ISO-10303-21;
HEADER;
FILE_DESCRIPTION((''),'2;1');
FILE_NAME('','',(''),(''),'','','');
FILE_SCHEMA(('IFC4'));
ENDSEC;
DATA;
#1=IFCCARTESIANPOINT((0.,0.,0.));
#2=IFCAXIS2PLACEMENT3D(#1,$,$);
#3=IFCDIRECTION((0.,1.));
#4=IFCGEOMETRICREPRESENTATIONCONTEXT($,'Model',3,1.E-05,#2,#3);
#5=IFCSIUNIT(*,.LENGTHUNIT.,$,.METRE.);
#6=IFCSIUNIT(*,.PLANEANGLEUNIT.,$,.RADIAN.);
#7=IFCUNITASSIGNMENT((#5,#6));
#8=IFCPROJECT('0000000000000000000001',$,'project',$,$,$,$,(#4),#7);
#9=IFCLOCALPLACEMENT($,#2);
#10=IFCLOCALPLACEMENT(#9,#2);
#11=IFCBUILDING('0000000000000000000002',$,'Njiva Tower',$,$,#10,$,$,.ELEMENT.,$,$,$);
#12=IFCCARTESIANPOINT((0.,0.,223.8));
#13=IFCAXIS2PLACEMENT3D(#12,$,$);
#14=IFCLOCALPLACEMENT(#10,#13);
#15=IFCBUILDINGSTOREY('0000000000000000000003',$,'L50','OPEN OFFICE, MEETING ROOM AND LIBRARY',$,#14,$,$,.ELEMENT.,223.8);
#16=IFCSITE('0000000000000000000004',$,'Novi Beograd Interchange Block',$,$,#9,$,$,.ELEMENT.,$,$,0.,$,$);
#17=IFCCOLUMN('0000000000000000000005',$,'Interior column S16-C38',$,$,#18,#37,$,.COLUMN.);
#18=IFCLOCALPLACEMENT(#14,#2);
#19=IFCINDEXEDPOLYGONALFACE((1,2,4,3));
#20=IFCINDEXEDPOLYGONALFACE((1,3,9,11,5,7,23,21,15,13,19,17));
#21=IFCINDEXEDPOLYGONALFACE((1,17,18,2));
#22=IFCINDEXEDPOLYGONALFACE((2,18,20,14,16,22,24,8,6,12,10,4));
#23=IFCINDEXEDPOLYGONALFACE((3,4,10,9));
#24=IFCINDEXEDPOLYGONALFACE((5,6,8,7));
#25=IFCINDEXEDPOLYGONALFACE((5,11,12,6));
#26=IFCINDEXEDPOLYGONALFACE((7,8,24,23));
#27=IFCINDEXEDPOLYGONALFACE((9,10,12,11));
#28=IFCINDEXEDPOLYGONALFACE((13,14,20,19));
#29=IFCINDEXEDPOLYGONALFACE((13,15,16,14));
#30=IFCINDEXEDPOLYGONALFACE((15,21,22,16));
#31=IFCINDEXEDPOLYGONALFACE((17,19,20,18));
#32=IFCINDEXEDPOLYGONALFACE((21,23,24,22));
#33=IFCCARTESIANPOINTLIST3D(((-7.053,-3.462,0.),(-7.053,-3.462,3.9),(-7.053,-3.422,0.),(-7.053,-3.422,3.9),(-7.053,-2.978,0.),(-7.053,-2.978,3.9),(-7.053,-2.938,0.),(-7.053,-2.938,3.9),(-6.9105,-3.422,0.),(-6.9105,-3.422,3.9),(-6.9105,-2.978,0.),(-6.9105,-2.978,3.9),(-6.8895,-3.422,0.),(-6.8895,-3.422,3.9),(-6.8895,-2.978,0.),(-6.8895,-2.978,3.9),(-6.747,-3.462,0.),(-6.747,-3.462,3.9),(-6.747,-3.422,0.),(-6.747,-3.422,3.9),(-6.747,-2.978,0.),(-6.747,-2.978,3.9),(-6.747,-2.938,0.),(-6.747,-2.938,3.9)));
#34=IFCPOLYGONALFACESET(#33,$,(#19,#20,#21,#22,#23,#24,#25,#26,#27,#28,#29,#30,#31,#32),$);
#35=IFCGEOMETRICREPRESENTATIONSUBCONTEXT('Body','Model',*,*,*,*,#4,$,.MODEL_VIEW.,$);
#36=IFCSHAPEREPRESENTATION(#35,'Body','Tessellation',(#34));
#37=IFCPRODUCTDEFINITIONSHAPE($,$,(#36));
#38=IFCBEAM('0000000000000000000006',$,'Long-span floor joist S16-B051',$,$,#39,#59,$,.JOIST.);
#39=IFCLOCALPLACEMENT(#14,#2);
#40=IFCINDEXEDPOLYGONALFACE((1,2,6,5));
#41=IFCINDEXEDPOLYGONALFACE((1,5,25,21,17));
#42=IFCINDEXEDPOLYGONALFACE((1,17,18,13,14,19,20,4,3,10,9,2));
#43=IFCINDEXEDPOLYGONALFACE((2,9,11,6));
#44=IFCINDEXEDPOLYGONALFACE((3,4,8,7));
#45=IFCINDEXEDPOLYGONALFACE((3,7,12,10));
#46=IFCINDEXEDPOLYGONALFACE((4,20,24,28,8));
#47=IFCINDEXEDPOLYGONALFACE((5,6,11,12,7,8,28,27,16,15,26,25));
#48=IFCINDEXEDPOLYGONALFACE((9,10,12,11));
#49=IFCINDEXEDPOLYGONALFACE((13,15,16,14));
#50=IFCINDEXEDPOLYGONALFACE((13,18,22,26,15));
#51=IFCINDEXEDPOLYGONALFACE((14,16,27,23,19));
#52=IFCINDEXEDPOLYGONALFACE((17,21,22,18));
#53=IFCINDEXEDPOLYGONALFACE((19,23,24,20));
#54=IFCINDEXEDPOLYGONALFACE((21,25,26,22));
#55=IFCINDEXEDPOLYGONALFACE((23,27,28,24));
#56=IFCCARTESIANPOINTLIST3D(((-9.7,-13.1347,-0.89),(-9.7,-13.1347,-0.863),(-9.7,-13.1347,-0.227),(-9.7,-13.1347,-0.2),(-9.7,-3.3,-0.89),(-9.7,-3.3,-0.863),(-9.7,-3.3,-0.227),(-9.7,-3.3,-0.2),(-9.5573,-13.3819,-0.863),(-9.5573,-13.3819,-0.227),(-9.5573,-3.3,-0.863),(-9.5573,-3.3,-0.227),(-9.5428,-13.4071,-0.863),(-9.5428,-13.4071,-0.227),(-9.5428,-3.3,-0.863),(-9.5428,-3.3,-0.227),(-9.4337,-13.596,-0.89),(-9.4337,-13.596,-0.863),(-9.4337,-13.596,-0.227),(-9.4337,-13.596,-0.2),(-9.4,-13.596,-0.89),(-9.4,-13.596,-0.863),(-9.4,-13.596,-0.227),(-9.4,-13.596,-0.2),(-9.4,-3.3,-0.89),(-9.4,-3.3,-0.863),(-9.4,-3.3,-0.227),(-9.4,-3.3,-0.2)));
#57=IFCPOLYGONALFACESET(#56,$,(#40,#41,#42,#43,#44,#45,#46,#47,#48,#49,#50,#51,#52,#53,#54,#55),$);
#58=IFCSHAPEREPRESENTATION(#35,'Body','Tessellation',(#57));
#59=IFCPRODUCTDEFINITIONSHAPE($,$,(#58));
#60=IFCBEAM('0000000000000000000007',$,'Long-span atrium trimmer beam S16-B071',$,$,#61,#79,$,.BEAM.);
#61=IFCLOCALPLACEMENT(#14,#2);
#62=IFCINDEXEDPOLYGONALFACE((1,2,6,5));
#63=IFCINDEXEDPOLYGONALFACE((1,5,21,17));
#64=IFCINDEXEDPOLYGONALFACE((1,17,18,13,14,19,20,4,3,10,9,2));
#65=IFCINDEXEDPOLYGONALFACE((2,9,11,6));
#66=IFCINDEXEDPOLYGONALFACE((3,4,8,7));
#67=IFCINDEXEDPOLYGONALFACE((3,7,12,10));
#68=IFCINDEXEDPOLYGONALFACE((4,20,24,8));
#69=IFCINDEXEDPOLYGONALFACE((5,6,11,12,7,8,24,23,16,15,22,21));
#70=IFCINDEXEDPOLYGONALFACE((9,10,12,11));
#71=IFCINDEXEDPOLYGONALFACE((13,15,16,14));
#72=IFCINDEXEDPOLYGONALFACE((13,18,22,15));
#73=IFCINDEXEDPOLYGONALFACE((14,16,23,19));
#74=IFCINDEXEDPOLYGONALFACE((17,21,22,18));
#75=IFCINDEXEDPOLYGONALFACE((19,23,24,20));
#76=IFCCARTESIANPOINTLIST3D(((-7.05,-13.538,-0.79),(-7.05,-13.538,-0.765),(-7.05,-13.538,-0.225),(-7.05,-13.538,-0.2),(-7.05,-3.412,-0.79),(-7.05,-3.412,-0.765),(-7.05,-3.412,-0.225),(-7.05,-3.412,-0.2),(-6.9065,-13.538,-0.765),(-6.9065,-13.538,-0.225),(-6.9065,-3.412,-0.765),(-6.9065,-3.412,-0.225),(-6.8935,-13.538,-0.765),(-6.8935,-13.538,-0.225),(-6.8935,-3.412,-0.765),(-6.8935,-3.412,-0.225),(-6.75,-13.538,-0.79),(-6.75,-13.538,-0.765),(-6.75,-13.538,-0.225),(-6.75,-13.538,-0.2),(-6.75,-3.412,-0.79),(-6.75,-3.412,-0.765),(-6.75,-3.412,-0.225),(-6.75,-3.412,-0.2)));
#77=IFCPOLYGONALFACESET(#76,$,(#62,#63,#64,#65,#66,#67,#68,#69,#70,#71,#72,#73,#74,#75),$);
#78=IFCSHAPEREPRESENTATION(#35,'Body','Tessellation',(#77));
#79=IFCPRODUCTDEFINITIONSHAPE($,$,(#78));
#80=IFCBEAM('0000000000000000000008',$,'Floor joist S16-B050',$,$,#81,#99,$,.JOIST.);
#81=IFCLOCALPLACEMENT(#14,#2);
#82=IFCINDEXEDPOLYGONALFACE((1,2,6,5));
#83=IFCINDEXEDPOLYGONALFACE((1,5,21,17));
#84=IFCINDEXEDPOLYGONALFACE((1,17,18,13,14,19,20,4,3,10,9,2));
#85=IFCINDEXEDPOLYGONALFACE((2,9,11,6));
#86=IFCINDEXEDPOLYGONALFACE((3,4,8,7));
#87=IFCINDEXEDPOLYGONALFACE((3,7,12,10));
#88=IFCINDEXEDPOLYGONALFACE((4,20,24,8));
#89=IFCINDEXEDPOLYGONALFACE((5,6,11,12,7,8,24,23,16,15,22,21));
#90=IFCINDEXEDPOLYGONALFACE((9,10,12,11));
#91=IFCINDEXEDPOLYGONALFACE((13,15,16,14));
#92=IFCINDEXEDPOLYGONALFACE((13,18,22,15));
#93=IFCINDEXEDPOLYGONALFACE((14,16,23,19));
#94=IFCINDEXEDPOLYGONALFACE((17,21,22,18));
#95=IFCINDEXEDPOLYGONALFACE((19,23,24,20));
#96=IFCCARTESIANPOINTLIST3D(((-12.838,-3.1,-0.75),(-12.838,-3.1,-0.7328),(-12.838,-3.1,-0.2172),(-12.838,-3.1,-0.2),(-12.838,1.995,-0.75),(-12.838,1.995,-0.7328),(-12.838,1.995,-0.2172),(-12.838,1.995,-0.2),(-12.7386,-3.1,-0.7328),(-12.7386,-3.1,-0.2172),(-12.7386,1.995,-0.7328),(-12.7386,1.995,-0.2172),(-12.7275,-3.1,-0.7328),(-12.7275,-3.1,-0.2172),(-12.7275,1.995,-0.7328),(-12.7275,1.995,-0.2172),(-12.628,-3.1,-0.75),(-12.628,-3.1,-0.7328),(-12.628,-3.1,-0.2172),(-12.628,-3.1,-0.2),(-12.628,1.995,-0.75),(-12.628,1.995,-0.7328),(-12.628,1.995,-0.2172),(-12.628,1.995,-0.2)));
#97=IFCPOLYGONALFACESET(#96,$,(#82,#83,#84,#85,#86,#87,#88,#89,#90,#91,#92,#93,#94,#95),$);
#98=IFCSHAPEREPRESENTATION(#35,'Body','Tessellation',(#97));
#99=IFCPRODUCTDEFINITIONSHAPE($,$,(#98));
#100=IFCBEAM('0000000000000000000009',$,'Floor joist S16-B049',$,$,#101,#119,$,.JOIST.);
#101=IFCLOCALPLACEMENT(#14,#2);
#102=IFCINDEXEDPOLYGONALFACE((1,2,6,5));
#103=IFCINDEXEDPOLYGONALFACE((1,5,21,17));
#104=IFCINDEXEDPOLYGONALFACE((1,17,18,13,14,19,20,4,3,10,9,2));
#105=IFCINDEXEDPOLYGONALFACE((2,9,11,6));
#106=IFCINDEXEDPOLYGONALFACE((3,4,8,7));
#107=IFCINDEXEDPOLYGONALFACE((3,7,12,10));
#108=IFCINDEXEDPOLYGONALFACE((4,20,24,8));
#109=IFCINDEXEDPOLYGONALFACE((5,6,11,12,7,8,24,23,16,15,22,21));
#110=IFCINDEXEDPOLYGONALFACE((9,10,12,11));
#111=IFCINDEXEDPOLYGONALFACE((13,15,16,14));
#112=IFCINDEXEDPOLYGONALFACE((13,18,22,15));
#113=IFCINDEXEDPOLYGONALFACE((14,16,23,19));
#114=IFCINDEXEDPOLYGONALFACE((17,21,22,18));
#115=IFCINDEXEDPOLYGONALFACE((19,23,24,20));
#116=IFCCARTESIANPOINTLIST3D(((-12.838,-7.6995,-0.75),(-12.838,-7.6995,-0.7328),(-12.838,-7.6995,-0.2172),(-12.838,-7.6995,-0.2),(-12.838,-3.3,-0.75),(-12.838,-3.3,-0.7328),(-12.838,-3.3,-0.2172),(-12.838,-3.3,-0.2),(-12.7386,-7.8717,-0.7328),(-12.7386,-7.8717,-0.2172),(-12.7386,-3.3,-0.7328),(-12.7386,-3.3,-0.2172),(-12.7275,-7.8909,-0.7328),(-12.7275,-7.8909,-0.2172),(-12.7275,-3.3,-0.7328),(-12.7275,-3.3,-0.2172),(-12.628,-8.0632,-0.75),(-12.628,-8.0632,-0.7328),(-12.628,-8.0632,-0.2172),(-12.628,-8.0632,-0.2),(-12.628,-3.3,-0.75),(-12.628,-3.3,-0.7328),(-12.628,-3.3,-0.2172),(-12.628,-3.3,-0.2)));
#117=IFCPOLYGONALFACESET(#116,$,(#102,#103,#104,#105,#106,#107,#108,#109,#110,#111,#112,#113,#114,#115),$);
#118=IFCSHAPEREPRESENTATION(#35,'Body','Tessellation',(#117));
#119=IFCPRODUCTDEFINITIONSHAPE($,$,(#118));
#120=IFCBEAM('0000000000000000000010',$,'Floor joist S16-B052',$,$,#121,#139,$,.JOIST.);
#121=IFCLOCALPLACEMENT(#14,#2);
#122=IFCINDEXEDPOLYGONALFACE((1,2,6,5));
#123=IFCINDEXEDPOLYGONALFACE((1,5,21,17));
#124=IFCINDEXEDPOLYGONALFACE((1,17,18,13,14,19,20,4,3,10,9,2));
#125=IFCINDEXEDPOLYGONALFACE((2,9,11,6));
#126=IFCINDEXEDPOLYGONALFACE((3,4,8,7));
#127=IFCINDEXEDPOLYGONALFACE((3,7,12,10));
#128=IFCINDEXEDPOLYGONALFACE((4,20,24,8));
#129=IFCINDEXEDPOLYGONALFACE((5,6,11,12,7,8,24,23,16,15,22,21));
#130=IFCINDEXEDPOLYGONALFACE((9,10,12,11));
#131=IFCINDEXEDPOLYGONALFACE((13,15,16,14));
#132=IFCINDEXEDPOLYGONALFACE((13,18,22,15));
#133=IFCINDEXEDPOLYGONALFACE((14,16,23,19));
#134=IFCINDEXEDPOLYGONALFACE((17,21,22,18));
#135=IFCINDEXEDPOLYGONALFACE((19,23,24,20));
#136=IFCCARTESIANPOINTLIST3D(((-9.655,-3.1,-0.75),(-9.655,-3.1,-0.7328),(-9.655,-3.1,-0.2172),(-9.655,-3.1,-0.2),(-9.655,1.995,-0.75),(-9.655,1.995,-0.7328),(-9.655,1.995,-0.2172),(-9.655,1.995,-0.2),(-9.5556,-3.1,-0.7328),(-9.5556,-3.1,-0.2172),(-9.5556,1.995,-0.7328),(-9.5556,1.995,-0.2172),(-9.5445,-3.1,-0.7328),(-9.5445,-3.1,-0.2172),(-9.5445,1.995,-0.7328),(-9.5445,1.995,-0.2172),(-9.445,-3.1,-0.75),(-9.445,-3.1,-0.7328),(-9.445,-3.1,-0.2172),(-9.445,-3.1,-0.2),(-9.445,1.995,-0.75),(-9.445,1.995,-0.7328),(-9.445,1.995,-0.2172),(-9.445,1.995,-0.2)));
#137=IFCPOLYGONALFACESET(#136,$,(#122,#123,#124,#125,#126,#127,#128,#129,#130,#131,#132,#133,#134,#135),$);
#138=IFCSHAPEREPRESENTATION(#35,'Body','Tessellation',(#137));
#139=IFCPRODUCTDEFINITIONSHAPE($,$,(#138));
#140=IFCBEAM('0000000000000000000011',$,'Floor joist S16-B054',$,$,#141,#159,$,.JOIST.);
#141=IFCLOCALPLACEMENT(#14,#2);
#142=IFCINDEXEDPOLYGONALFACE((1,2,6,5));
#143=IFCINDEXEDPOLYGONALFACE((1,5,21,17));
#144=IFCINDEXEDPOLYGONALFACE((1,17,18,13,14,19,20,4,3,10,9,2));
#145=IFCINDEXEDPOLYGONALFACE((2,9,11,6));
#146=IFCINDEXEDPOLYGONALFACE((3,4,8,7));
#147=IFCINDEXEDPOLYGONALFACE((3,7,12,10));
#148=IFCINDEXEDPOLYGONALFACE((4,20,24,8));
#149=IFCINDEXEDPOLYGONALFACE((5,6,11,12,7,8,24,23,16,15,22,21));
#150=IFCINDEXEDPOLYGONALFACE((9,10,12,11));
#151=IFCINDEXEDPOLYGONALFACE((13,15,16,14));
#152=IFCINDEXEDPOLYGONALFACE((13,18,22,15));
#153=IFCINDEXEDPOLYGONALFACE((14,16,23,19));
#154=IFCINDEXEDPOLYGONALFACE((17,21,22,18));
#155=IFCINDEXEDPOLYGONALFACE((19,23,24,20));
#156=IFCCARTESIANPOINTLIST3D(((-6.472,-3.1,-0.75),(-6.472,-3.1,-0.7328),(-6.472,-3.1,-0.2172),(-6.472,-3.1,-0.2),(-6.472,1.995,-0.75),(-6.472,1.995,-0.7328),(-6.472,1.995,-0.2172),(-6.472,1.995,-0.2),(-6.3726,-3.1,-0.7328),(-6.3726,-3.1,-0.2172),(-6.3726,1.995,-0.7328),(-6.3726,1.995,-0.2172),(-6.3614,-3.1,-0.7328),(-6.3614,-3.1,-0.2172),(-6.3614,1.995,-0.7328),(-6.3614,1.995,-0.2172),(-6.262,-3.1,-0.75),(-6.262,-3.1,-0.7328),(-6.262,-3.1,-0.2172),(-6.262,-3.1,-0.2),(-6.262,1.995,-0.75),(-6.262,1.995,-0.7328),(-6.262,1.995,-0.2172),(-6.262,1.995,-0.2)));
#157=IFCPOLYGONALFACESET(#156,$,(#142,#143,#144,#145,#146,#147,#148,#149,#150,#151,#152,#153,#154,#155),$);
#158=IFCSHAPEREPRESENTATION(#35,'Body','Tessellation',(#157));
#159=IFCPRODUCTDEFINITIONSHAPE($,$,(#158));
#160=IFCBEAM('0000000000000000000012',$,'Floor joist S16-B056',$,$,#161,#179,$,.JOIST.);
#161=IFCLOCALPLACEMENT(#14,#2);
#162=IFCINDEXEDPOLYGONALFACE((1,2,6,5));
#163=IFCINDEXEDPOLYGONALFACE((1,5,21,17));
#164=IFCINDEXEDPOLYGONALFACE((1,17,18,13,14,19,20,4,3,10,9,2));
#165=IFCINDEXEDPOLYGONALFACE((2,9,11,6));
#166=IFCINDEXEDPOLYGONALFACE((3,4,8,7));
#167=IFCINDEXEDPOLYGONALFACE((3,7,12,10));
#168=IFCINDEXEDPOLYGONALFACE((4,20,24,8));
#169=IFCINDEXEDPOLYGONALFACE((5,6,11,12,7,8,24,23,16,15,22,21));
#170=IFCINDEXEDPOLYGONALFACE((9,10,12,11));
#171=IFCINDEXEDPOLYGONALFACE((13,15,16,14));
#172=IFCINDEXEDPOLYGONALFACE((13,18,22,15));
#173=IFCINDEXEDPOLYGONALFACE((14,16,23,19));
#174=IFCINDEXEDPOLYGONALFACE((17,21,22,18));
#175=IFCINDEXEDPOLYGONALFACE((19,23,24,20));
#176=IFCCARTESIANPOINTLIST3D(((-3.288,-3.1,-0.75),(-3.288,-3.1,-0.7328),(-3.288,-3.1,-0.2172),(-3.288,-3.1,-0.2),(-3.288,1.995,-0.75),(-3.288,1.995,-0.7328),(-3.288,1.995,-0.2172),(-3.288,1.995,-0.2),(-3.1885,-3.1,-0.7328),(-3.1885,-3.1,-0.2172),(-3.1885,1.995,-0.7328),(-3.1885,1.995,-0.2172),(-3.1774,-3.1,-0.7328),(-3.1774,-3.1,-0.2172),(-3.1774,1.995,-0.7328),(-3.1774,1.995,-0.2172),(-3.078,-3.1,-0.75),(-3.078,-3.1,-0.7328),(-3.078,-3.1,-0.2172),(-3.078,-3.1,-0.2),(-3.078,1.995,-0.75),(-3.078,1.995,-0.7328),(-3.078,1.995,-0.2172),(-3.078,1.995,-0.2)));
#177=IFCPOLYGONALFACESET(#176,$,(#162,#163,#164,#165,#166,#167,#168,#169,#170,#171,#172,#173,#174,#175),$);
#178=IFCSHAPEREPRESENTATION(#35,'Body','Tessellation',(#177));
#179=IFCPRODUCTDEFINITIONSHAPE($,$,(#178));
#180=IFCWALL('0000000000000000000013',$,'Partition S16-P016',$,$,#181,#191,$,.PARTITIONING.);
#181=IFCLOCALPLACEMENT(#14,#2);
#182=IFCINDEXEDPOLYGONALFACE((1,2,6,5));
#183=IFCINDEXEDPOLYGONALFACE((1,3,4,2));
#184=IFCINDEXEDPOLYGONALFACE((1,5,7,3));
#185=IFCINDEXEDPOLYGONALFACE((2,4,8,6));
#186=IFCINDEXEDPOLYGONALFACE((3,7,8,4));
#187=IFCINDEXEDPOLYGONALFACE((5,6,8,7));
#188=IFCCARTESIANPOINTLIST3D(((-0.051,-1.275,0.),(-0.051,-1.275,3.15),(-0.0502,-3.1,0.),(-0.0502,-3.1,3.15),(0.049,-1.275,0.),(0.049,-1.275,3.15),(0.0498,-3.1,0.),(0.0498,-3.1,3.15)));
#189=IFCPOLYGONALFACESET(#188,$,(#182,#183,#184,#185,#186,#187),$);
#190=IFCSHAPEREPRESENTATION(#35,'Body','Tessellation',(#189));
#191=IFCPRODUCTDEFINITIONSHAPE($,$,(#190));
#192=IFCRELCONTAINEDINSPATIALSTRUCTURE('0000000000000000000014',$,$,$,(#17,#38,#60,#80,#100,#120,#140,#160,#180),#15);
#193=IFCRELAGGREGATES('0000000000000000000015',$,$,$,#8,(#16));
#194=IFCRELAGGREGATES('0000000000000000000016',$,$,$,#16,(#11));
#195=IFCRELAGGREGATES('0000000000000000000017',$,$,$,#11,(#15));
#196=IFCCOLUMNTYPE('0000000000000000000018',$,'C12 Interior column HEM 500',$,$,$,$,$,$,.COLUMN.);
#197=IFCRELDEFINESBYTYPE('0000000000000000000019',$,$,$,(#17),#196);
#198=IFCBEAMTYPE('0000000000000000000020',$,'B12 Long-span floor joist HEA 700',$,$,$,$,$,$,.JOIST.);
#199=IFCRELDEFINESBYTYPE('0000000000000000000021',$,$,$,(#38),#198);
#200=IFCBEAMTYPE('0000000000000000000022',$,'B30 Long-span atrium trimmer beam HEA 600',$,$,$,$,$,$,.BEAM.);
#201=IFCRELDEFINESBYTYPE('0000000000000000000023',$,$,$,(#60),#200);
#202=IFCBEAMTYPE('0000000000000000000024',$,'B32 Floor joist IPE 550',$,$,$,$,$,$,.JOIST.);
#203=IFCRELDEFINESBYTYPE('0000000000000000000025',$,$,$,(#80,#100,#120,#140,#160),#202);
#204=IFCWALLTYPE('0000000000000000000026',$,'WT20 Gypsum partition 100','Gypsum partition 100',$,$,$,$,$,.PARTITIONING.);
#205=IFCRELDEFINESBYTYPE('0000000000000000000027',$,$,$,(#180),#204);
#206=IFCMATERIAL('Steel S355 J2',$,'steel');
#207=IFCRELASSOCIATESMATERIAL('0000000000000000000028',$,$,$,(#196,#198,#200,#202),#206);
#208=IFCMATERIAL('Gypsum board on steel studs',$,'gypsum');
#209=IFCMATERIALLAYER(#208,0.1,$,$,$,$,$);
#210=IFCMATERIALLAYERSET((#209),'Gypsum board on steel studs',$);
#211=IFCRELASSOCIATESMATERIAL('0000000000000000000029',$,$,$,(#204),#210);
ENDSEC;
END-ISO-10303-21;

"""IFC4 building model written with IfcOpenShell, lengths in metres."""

from ifc_helpers import new_model, si_unit, direction, frame, frame_2d, origin, origin_2d, place, context, subcontext, project, spatial, rectangle, i_section, extrude, clip, halfspace, material, layer, layer_set, material_profile, profile_set, type_object, element, save


model = new_model("IFC4")

# Units and contexts
model_context = context("Model", 3, precision=1e-05, world=origin(), true_north=direction((0.0, 1.0)))
body_context = subcontext(model_context, "Body", "Model", "MODEL_VIEW")
ifc_project = project(units=[si_unit("LENGTHUNIT", "METRE"), si_unit("PLANEANGLEUNIT", "RADIAN")], contexts=[model_context])

# Site, building, storey
site_placement = place(None, origin())
site = spatial("IfcSite", under=ifc_project, at=site_placement, Name="Novi Beograd Interchange Block", CompositionType="ELEMENT", RefElevation=0.0)
building_placement = place(site_placement, origin())
building = spatial("IfcBuilding", under=site, at=building_placement, Name="Njiva Tower", CompositionType="ELEMENT")
storey_placement = place(building_placement, frame((0.0, 0.0, 223.8)))
storey = spatial("IfcBuildingStorey", under=building, at=storey_placement, Name="L50", Description="OPEN OFFICE, MEETING ROOM AND LIBRARY", CompositionType="ELEMENT", Elevation=223.8)

# Column
ifc_material_1 = material(Name="Steel S355 J2", Category="steel")
ifc_material_profile_1 = material_profile(ifc_material_1, i_section(OverallWidth=0.306, OverallDepth=0.524, WebThickness=0.021, FlangeThickness=0.04, at=origin_2d()), Name="HEM 500")
ifc_profile_set_1 = profile_set([ifc_material_profile_1], Name="Steel S355 J2")
column_type = type_object("IfcColumnType", Name="C12 Interior column HEM 500", PredefinedType="COLUMN", material=ifc_profile_set_1)
column_placement = place(storey_placement, frame((-6.9, -3.2, 0.0), z_axis=(0.0, 0.0, 1.0), x_axis=(1.0, 0.0, 0.0)))
element("IfcColumn", 1, at=column_placement, inside=storey, type_object=column_type, Name="Interior column S16-C38", PredefinedType="COLUMN", context=body_context, shape_type="SweptSolid", body=[
    extrude(i_section(OverallWidth=0.306, OverallDepth=0.524, WebThickness=0.021, FlangeThickness=0.04, at=origin_2d()), origin(), (0.0, 0.0, 1.0), 3.9),
])

# Beams
ifc_material_profile_2 = material_profile(ifc_material_1, i_section(OverallWidth=0.3, OverallDepth=0.69, WebThickness=0.0145, FlangeThickness=0.027, at=origin_2d()), Name="HEA 700")
ifc_profile_set_2 = profile_set([ifc_material_profile_2], Name="Steel S355 J2")
beam_type_1 = type_object("IfcBeamType", Name="B12 Long-span floor joist HEA 700", PredefinedType="JOIST", material=ifc_profile_set_2)
beam_1_placement = place(storey_placement, frame((-9.55, -3.3, -0.545), z_axis=(0.0, -1.0, 0.0), x_axis=(1.0, 0.0, 0.0)))
element("IfcBeam", 2, at=beam_1_placement, inside=storey, type_object=beam_type_1, Name="Long-span floor joist S16-B051", PredefinedType="JOIST", context=body_context, shape_type="Clipping", body=[
    clip(extrude(i_section(OverallWidth=0.3, OverallDepth=0.69, WebThickness=0.0145, FlangeThickness=0.027, at=origin_2d()), origin(), (0.0, 0.0, 1.0), 10.296), halfspace(frame((-0.0433, 0.0, 10.0195), z_axis=(-0.866027, 0.0, 0.499998), x_axis=(0.0, 1.0, 0.0)), False)),
])
ifc_material_profile_3 = material_profile(ifc_material_1, i_section(OverallWidth=0.3, OverallDepth=0.59, WebThickness=0.013, FlangeThickness=0.025, at=origin_2d()), Name="HEA 600")
ifc_profile_set_3 = profile_set([ifc_material_profile_3], Name="Steel S355 J2")
beam_type_2 = type_object("IfcBeamType", Name="B30 Long-span atrium trimmer beam HEA 600", PredefinedType="BEAM", material=ifc_profile_set_3)
beam_2_placement = place(storey_placement, frame((-6.9, -3.412, -0.495), z_axis=(0.0, -1.0, 0.0), x_axis=(1.0, 0.0, 0.0)))
element("IfcBeam", 3, at=beam_2_placement, inside=storey, type_object=beam_type_2, Name="Long-span atrium trimmer beam S16-B071", PredefinedType="BEAM", context=body_context, shape_type="SweptSolid", body=[
    extrude(i_section(OverallWidth=0.3, OverallDepth=0.59, WebThickness=0.013, FlangeThickness=0.025, at=origin_2d()), origin(), (0.0, 0.0, 1.0), 10.126),
])
ifc_material_profile_4 = material_profile(ifc_material_1, i_section(OverallWidth=0.21, OverallDepth=0.55, WebThickness=0.0111, FlangeThickness=0.0172, at=origin_2d()), Name="IPE 550")
ifc_profile_set_4 = profile_set([ifc_material_profile_4], Name="Steel S355 J2")
beam_type_3 = type_object("IfcBeamType", Name="B32 Floor joist IPE 550", PredefinedType="JOIST", material=ifc_profile_set_4)
beam_3_placement = place(storey_placement, frame((-12.733, 1.995, -0.475), z_axis=(0.0, -1.0, 0.0), x_axis=(1.0, 0.0, 0.0)))
element("IfcBeam", 4, at=beam_3_placement, inside=storey, type_object=beam_type_3, Name="Floor joist S16-B050", PredefinedType="JOIST", context=body_context, shape_type="SweptSolid", body=[
    extrude(i_section(OverallWidth=0.21, OverallDepth=0.55, WebThickness=0.0111, FlangeThickness=0.0172, at=origin_2d()), origin(), (0.0, 0.0, 1.0), 5.095),
])
beam_4_placement = place(storey_placement, frame((-12.733, -3.3, -0.475), z_axis=(0.0, -1.0, 0.0), x_axis=(1.0, 0.0, 0.0)))
element("IfcBeam", 5, at=beam_4_placement, inside=storey, type_object=beam_type_3, Name="Floor joist S16-B049", PredefinedType="JOIST", context=body_context, shape_type="Clipping", body=[
    clip(extrude(i_section(OverallWidth=0.21, OverallDepth=0.55, WebThickness=0.0111, FlangeThickness=0.0172, at=origin_2d()), origin(), (0.0, 0.0, 1.0), 4.783), halfspace(frame((-0.0436, 0.0, 4.5058), z_axis=(-0.866027, 0.0, 0.499998), x_axis=(0.0, 1.0, 0.0)), False)),
])
for number, where, z_axis, x_axis, name in (
    (6, (-9.55, 1.995, -0.475), (0.0, -1.0, 0.0), (1.0, 0.0, 0.0), "Floor joist S16-B052"),
    (7, (-6.367, 1.995, -0.475), (0.0, -1.0, 0.0), (1.0, 0.0, 0.0), "Floor joist S16-B054"),
    (8, (-3.183, 1.995, -0.475), (0.0, -1.0, 0.0), (1.0, 0.0, 0.0), "Floor joist S16-B056"),
):
    element("IfcBeam", number, at=place(storey_placement, frame(where, z_axis=z_axis, x_axis=x_axis)), inside=storey, type_object=beam_type_3, Name=name, PredefinedType="JOIST", context=body_context, shape_type="SweptSolid", body=[
        extrude(i_section(OverallWidth=0.21, OverallDepth=0.55, WebThickness=0.0111, FlangeThickness=0.0172, at=origin_2d()), origin(), (0.0, 0.0, 1.0), 5.095),
    ])

# Wall
ifc_material_2 = material(Name="Gypsum board on steel studs", Category="gypsum")
ifc_layer_1 = layer(ifc_material_2, 0.1)
ifc_layer_set_1 = layer_set([ifc_layer_1], Name="Gypsum board on steel studs")
wall_type_1 = type_object("IfcWallType", Name="WT20 Gypsum partition 100", Description="Gypsum partition 100", PredefinedType="PARTITIONING", material=ifc_layer_set_1)
wall_1_placement = place(storey_placement, frame((-0.001, -1.275, 0.0), z_axis=(0.0, 0.0, 1.0), x_axis=(0.000438, -1.0, 0.0)))
element("IfcWall", 9, at=wall_1_placement, inside=storey, type_object=wall_type_1, Name="Partition S16-P016", PredefinedType="PARTITIONING", context=body_context, shape_type="SweptSolid", body=[
    extrude(rectangle(XDim=1.825, YDim=0.1, at=frame_2d((0.9125, 0.0))), origin(), (0.0, 0.0, 1.0), 3.15),
])

save(model, "model.ifc")
